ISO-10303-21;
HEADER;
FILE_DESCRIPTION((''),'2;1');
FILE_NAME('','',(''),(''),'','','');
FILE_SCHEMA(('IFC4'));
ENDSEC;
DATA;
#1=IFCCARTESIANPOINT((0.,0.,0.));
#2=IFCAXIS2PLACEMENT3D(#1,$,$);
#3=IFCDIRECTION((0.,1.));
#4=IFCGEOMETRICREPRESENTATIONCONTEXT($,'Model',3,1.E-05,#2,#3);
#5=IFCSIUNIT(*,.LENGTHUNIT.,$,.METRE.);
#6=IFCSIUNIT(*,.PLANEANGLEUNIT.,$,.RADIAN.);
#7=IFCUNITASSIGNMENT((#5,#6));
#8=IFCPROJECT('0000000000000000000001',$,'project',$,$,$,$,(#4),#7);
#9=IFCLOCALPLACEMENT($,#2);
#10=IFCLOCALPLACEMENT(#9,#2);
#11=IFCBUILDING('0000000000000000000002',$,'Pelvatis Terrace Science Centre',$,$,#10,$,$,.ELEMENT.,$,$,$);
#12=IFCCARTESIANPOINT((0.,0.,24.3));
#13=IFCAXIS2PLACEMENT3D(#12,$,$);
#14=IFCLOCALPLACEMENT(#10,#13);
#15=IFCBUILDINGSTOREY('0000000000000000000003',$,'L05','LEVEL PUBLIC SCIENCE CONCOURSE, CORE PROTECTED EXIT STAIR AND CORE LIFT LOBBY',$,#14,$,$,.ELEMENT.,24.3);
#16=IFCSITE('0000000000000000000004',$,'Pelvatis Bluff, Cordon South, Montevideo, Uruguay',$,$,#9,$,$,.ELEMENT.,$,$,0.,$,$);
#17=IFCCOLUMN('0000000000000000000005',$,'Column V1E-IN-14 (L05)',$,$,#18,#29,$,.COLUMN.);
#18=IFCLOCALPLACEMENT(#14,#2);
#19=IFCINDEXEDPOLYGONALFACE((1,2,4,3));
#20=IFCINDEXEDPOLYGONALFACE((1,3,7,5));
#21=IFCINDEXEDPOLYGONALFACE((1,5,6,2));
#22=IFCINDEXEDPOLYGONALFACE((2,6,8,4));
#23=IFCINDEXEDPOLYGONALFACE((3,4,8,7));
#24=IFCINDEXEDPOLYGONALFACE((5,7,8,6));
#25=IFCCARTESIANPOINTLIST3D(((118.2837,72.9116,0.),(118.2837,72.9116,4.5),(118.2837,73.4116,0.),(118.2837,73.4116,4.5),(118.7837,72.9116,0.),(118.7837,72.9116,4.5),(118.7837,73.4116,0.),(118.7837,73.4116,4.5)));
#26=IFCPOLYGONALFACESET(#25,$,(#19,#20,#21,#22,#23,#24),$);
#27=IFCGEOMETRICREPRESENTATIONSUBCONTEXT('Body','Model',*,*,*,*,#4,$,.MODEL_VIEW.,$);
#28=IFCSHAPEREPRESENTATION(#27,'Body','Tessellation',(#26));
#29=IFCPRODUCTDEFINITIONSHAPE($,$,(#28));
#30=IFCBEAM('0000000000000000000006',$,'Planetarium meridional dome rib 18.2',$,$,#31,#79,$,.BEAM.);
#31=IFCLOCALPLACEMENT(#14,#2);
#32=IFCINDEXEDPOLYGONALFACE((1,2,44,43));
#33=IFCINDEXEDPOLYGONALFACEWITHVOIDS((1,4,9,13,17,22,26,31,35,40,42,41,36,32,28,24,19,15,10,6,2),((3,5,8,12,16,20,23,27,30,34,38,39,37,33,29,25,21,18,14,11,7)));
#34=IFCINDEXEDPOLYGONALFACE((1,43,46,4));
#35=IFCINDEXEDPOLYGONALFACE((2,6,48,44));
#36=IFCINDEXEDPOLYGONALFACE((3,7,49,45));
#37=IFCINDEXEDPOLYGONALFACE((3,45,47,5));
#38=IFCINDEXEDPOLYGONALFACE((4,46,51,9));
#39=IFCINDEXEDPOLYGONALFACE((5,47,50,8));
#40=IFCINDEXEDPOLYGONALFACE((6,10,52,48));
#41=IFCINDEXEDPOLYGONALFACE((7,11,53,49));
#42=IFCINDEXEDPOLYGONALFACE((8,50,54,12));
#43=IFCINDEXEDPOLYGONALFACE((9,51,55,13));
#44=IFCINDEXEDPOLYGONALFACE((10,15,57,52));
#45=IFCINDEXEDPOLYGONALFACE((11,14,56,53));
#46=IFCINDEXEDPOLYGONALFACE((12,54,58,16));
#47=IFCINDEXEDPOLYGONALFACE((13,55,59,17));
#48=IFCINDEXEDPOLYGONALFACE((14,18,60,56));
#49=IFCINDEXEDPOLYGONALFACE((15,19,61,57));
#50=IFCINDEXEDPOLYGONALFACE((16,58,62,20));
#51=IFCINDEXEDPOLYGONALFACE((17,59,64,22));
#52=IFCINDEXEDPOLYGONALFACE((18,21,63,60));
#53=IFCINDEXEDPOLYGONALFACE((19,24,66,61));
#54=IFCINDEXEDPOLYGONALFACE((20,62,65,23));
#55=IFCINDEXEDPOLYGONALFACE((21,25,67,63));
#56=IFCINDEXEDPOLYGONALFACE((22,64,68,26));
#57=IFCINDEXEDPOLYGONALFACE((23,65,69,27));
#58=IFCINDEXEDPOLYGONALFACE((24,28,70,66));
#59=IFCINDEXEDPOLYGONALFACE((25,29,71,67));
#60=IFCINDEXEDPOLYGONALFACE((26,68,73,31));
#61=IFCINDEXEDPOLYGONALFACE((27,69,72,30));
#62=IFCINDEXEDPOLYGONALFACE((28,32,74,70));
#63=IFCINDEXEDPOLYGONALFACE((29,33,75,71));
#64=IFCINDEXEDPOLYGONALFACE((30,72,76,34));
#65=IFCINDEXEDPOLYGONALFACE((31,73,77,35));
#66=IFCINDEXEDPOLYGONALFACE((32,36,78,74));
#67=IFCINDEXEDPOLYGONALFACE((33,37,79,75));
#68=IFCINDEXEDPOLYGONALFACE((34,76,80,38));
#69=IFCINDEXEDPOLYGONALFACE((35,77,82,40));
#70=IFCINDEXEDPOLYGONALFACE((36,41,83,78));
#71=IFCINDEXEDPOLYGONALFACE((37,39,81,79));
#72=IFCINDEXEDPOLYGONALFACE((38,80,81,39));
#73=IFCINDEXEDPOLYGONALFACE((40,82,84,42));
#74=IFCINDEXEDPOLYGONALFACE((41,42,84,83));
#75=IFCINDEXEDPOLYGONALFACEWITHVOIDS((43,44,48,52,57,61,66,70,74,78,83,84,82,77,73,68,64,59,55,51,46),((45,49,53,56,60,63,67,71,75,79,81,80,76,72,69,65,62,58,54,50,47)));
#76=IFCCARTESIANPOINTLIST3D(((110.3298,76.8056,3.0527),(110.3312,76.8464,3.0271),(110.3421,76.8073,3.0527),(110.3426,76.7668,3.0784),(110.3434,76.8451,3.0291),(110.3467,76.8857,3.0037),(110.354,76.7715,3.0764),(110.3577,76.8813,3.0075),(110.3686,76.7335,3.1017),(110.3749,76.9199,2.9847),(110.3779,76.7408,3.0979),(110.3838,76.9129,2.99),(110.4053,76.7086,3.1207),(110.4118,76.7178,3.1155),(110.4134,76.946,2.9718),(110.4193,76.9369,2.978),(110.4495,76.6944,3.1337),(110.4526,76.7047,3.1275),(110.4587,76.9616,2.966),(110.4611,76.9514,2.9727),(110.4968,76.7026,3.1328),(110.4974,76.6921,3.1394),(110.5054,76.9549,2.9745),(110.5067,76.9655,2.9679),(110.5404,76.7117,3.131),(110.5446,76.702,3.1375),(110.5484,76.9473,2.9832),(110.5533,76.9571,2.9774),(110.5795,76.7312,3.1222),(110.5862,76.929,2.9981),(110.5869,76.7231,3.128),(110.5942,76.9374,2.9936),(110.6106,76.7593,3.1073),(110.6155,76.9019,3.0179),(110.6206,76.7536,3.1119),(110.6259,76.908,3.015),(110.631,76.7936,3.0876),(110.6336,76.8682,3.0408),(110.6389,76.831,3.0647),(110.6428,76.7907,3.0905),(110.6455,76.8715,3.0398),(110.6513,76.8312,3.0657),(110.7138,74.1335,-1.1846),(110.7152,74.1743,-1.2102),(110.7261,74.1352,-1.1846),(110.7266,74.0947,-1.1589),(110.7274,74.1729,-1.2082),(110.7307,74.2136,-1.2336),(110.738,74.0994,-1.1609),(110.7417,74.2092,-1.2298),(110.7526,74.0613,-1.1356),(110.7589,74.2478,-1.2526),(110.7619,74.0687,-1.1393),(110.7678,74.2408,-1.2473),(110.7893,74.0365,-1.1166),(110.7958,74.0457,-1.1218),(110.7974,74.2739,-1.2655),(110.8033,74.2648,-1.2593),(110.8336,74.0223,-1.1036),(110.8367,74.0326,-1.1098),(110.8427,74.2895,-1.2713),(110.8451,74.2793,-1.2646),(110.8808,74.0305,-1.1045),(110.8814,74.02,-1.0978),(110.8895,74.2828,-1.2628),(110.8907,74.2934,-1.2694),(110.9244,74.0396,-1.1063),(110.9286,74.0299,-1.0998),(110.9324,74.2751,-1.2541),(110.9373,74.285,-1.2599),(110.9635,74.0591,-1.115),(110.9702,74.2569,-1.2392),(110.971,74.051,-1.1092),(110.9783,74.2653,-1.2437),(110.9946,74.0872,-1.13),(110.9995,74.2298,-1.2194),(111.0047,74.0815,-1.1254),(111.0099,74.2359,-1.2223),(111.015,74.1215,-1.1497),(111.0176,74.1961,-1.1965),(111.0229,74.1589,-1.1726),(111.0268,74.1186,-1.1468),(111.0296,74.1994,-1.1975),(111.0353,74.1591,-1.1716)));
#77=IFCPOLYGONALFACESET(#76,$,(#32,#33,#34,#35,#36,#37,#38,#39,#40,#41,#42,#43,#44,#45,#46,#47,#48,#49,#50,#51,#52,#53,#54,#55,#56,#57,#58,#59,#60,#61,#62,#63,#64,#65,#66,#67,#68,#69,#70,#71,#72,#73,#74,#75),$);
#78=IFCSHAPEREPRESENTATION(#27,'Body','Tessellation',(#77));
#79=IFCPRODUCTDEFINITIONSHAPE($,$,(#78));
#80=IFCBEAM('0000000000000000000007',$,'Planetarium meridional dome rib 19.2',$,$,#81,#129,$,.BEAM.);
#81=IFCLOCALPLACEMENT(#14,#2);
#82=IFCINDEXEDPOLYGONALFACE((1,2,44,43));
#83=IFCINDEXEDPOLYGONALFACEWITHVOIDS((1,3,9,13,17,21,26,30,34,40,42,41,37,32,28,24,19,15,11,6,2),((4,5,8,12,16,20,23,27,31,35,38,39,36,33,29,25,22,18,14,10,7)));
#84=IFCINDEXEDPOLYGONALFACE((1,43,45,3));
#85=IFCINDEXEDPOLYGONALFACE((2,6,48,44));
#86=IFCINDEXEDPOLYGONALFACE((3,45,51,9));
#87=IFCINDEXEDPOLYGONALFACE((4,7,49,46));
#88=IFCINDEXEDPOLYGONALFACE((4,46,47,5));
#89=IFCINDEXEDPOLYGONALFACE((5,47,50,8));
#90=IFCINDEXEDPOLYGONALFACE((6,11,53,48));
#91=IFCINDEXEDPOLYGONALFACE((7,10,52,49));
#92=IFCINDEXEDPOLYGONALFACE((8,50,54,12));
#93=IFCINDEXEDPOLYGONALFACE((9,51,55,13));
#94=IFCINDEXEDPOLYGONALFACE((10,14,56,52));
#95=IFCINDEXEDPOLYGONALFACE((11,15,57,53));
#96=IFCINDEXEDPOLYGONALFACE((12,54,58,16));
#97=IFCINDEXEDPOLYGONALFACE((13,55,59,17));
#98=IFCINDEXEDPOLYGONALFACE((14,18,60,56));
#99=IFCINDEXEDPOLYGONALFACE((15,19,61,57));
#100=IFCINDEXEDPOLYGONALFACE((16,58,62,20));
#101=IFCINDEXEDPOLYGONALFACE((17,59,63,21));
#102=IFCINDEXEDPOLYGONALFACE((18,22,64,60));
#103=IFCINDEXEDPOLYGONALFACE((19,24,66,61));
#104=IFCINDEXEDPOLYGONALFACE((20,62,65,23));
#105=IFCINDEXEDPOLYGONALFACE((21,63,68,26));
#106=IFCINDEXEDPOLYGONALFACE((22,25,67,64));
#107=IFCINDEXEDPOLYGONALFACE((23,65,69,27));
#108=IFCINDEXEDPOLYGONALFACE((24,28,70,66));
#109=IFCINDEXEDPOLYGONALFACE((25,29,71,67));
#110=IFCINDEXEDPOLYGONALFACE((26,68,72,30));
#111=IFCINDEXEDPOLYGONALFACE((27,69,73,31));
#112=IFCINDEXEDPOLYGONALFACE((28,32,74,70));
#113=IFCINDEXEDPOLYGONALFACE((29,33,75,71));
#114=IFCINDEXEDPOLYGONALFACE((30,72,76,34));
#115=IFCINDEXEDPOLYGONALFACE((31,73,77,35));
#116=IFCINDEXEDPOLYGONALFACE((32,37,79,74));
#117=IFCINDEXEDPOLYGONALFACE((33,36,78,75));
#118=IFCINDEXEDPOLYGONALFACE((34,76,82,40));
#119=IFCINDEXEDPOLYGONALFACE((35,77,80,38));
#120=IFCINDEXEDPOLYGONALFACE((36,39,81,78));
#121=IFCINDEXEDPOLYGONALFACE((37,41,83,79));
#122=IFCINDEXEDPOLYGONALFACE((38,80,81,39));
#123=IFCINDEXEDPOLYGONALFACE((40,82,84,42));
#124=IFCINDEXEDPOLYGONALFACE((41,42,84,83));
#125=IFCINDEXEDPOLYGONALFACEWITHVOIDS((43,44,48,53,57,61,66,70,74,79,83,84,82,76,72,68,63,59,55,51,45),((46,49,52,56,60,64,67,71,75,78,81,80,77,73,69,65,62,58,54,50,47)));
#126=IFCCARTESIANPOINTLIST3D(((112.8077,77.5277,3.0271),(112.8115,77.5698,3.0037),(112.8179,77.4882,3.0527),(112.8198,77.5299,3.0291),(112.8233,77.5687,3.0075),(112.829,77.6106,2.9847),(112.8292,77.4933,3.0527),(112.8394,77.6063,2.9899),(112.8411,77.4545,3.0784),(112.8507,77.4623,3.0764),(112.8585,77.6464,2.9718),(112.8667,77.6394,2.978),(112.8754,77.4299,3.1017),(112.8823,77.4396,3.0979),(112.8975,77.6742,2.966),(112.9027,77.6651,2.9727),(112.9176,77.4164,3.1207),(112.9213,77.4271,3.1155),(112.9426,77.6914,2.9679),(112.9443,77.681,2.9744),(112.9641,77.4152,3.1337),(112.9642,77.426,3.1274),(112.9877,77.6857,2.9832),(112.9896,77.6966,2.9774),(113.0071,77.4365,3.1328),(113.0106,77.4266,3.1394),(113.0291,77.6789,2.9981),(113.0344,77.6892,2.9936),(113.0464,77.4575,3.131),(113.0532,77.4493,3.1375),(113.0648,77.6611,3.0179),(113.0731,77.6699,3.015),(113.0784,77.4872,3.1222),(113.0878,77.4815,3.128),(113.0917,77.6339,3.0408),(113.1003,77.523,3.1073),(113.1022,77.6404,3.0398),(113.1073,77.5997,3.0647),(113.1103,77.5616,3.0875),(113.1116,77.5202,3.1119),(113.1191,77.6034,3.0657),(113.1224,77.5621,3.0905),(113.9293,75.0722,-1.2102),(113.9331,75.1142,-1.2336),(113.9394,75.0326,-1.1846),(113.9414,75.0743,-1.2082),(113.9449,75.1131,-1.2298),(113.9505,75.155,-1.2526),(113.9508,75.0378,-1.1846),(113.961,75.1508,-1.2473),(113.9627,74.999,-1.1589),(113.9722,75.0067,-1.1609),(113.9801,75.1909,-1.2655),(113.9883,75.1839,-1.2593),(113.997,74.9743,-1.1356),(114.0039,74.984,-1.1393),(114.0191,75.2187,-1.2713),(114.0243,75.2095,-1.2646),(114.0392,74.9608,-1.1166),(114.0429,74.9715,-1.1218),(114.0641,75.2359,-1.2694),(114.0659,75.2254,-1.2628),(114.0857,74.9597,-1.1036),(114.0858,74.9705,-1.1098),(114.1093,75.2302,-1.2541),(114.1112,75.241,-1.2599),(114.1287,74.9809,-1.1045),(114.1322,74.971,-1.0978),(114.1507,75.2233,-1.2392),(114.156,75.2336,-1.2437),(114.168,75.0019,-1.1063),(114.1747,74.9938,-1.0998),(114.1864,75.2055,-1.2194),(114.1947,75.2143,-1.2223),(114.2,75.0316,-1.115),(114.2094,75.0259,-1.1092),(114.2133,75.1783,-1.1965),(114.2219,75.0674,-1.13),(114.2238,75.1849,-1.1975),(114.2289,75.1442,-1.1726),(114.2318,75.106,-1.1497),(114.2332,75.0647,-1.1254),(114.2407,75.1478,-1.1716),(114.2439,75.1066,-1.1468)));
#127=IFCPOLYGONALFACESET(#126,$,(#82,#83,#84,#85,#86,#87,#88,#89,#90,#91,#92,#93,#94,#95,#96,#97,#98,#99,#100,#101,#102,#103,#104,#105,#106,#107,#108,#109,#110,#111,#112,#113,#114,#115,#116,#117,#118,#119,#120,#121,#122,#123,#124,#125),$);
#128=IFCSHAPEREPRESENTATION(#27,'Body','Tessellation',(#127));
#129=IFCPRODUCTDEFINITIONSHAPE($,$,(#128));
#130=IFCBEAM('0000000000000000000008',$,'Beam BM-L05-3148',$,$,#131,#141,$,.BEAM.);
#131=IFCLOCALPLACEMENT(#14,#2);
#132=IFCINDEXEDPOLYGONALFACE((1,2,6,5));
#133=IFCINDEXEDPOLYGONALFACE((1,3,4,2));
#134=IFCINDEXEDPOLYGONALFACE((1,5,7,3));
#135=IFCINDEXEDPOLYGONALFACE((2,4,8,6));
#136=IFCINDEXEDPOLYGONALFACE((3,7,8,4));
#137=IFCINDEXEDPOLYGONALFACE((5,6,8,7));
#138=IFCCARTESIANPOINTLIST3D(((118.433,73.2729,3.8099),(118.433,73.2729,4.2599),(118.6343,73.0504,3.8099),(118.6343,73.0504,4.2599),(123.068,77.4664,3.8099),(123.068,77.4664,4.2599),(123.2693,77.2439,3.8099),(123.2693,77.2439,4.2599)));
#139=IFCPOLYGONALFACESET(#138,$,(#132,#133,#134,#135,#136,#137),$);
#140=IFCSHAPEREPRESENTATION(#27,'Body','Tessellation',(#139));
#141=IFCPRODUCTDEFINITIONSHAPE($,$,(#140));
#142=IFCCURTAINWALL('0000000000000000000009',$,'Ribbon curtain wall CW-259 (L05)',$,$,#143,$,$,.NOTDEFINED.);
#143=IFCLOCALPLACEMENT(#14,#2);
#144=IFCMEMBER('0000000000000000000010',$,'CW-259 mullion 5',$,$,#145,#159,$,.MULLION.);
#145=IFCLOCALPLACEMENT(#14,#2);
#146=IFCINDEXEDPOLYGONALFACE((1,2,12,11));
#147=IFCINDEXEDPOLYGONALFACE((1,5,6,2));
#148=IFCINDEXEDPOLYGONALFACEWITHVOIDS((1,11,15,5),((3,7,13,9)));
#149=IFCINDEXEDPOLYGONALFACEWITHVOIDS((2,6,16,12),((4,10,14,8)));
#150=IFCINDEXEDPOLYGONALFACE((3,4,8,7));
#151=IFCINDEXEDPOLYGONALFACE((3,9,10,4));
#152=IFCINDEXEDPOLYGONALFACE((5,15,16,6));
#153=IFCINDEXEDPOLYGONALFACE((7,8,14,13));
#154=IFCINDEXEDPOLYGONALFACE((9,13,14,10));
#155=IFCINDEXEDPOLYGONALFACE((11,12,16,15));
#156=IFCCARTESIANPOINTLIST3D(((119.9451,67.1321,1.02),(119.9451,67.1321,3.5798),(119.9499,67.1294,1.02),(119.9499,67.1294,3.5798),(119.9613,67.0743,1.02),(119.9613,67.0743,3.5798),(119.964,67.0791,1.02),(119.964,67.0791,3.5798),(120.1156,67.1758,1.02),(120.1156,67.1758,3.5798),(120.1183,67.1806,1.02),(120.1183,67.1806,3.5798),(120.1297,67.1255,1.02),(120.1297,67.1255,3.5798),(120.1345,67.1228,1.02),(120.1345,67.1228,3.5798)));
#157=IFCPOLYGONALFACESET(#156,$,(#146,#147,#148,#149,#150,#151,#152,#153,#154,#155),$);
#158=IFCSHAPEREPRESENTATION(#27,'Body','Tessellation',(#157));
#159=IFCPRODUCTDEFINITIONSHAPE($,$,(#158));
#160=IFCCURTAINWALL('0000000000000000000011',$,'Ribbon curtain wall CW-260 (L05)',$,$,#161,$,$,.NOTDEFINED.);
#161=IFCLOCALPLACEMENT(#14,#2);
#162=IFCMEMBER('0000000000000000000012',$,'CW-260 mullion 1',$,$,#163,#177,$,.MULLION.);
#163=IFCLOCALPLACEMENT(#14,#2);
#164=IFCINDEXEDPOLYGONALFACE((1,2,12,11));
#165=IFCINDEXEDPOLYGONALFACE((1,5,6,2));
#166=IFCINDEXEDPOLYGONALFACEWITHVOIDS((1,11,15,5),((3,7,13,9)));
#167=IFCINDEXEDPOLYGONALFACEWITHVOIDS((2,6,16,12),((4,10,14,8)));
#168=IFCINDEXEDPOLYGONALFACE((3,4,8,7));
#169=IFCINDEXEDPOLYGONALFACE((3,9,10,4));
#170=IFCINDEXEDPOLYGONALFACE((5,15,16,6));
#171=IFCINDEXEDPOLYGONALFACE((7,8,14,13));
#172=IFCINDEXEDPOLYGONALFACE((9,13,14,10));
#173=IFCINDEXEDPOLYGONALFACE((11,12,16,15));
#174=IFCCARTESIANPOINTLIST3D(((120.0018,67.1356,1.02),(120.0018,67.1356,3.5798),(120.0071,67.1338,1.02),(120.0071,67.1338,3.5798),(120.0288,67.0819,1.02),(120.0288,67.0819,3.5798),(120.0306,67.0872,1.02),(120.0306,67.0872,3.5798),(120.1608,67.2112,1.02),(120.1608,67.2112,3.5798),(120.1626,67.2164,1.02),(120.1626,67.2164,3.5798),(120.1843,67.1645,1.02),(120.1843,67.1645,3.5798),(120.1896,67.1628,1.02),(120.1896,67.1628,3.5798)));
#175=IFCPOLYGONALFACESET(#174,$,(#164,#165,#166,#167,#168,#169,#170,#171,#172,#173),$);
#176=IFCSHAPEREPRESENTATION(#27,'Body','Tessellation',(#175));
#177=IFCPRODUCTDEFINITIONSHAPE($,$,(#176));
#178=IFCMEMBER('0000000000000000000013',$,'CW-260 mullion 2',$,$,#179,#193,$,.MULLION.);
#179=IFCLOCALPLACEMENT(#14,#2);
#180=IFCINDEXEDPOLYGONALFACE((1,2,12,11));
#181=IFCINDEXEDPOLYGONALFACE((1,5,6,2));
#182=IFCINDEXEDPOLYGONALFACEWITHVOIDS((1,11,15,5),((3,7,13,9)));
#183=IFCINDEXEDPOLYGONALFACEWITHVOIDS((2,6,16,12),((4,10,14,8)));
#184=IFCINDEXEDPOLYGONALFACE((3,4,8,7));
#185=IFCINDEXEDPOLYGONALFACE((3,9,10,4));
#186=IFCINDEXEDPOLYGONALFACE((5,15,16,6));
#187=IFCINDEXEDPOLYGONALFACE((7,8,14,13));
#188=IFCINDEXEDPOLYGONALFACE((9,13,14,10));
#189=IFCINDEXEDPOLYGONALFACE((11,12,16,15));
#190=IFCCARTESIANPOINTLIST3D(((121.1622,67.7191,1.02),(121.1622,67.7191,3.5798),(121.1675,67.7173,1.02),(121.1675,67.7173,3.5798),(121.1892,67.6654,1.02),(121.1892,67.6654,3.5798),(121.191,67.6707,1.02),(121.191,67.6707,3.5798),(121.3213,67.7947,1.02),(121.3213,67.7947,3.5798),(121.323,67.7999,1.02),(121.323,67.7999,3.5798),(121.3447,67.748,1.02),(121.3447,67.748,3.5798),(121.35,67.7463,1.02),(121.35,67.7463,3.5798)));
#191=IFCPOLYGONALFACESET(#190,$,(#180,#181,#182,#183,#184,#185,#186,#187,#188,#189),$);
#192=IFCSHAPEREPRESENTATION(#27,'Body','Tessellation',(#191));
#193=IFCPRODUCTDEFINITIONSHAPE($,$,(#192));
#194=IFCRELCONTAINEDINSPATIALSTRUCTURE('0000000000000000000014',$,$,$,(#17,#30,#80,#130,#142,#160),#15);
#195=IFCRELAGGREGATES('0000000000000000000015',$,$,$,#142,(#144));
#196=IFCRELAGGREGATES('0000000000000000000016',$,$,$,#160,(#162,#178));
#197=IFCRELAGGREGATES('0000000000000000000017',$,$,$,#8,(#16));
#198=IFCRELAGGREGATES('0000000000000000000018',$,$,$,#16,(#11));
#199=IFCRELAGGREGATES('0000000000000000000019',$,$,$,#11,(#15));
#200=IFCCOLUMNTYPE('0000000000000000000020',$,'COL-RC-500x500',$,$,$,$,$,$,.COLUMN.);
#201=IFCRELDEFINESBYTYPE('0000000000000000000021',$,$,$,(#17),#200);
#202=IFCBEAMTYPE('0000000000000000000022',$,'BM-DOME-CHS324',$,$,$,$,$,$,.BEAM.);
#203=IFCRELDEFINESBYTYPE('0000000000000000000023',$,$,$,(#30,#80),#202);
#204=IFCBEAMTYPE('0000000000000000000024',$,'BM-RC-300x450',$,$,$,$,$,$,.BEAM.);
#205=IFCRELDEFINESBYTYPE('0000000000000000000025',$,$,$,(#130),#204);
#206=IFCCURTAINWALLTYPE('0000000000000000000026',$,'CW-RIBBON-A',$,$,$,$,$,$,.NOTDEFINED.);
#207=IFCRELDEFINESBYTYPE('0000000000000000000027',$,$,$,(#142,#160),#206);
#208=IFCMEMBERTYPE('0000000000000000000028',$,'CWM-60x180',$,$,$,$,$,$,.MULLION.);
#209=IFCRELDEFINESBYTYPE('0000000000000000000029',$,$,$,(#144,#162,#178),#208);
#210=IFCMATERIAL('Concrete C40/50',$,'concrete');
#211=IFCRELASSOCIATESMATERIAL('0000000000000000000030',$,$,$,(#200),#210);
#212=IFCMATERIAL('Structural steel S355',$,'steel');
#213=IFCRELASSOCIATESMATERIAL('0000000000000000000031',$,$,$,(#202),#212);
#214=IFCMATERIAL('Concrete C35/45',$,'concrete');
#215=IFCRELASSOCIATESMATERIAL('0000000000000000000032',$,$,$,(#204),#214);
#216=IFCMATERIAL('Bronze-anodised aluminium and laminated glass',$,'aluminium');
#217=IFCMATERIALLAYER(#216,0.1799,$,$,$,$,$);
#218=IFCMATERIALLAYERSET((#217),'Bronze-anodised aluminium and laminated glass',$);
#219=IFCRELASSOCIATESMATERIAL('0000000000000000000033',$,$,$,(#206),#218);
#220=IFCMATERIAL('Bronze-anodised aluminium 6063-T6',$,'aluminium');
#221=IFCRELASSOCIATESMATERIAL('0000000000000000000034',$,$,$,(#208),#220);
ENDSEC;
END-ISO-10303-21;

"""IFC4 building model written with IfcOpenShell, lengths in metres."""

from ifc_helpers import new_model, si_unit, direction, frame, origin, origin_2d, place, context, subcontext, project, spatial, rectangle, hollow_rectangle, hollow_circle, extrude, material, layer, layer_set, material_profile, profile_set, type_object, element, aggregate, save


model = new_model("IFC4")

# Units and contexts
model_context = context("Model", 3, precision=1e-05, world=origin(), true_north=direction((0.0, 1.0)))
body_context = subcontext(model_context, "Body", "Model", "MODEL_VIEW")
ifc_project = project(units=[si_unit("LENGTHUNIT", "METRE"), si_unit("PLANEANGLEUNIT", "RADIAN")], contexts=[model_context])

# Site, building, storey
site_placement = place(None, origin())
site = spatial("IfcSite", under=ifc_project, at=site_placement, Name="Pelvatis Bluff, Cordon South, Montevideo, Uruguay", CompositionType="ELEMENT", RefElevation=0.0)
building_placement = place(site_placement, origin())
building = spatial("IfcBuilding", under=site, at=building_placement, Name="Pelvatis Terrace Science Centre", CompositionType="ELEMENT")
storey_placement = place(building_placement, frame((0.0, 0.0, 24.3)))
storey = spatial("IfcBuildingStorey", under=building, at=storey_placement, Name="L05", Description="LEVEL PUBLIC SCIENCE CONCOURSE, CORE PROTECTED EXIT STAIR AND CORE LIFT LOBBY", CompositionType="ELEMENT", Elevation=24.3)

# Column
ifc_material_1 = material(Name="Concrete C40/50", Category="concrete")
ifc_material_profile_1 = material_profile(ifc_material_1, rectangle(XDim=0.5, YDim=0.5, at=origin_2d()), Name="RC-COL 500x500")
ifc_profile_set_1 = profile_set([ifc_material_profile_1], Name="Concrete C40/50")
column_type = type_object("IfcColumnType", Name="COL-RC-500x500", PredefinedType="COLUMN", material=ifc_profile_set_1)
column_placement = place(storey_placement, frame((118.5337, 73.1616, 0.0), z_axis=(0.0, 0.0, 1.0), x_axis=(1.0, 0.0, 0.0)))
element("IfcColumn", 1, at=column_placement, inside=storey, type_object=column_type, Name="Column V1E-IN-14 (L05)", PredefinedType="COLUMN", context=body_context, shape_type="SweptSolid", body=[
    extrude(rectangle(XDim=0.5, YDim=0.5, at=origin_2d()), origin(), (0.0, 0.0, 1.0), 4.5),
])

# Beams
ifc_material_2 = material(Name="Structural steel S355", Category="steel")
ifc_material_profile_2 = material_profile(ifc_material_2, hollow_circle(Radius=0.1619, WallThickness=0.0125, at=origin_2d()), Name="CHS 323.9x12.5")
ifc_profile_set_2 = profile_set([ifc_material_profile_2], Name="Structural steel S355")
beam_type_1 = type_object("IfcBeamType", Name="BM-DOME-CHS324", PredefinedType="BEAM", material=ifc_profile_set_2)
for number, where, z_axis, x_axis, name in (
    (2, (110.874, 74.1565, -1.1846), (-0.076437, 0.531851, 0.843381), (-0.98983, -0.142257, 0.0), "Planetarium meridional dome rib 18.2"),
    (3, (114.0867, 75.0999, -1.1846), (-0.223236, 0.488749, 0.84338), (-0.909609, -0.415465, 0.0), "Planetarium meridional dome rib 19.2"),
):
    element("IfcBeam", number, at=place(storey_placement, frame(where, z_axis=z_axis, x_axis=x_axis)), inside=storey, type_object=beam_type_1, Name=name, PredefinedType="BEAM", context=body_context, shape_type="SweptSolid", body=[
        extrude(hollow_circle(Radius=0.1619, WallThickness=0.0125, at=origin_2d()), origin(), (0.0, 0.0, 1.0), 5.0242),
    ])
ifc_material_3 = material(Name="Concrete C35/45", Category="concrete")
ifc_material_profile_3 = material_profile(ifc_material_3, rectangle(XDim=0.3, YDim=0.45, at=origin_2d()), Name="RC-BM 300x450")
ifc_profile_set_3 = profile_set([ifc_material_profile_3], Name="Concrete C35/45")
beam_type_2 = type_object("IfcBeamType", Name="BM-RC-300x450", PredefinedType="BEAM", material=ifc_profile_set_3)
beam_placement = place(storey_placement, frame((118.5337, 73.1616, 4.0349), z_axis=(0.741534, 0.670915, 0.0), x_axis=(-0.670915, 0.741534, 0.0)))
element("IfcBeam", 4, at=beam_placement, inside=storey, type_object=beam_type_2, Name="Beam BM-L05-3148", PredefinedType="BEAM", context=body_context, shape_type="SweptSolid", body=[
    extrude(rectangle(XDim=0.3, YDim=0.45, at=origin_2d()), origin(), (0.0, 0.0, 1.0), 6.2505),
])

# Curtain wall, member
ifc_material_4 = material(Name="Bronze-anodised aluminium and laminated glass", Category="aluminium")
ifc_layer_1 = layer(ifc_material_4, 0.1799)
ifc_layer_set_1 = layer_set([ifc_layer_1], Name="Bronze-anodised aluminium and laminated glass")
curtain_wall_type = type_object("IfcCurtainWallType", Name="CW-RIBBON-A", PredefinedType="NOTDEFINED", material=ifc_layer_set_1)
curtain_wall_1_placement = place(storey_placement, origin())
curtain_wall_1 = element("IfcCurtainWall", 5, at=curtain_wall_1_placement, inside=storey, type_object=curtain_wall_type, Name="Ribbon curtain wall CW-259 (L05)", PredefinedType="NOTDEFINED")
ifc_material_5 = material(Name="Bronze-anodised aluminium 6063-T6", Category="aluminium")
ifc_material_profile_4 = material_profile(ifc_material_5, hollow_rectangle(XDim=0.0601, YDim=0.1799, WallThickness=0.0039, at=origin_2d()), Name="ALU-MUL 60x180")
ifc_profile_set_4 = profile_set([ifc_material_profile_4], Name="Bronze-anodised aluminium 6063-T6")
member_type_1 = type_object("IfcMemberType", Name="CWM-60x180", PredefinedType="MULLION", material=ifc_profile_set_4)
member_1_placement = place(storey_placement, frame((120.0398, 67.1274, 1.02), z_axis=(0.0, 0.0, 1.0), x_axis=(-0.269695, 0.962946, 0.0)))
member_1 = element("IfcMember", 6, at=member_1_placement, type_object=member_type_1, Name="CW-259 mullion 5", PredefinedType="MULLION", context=body_context, shape_type="SweptSolid", body=[
    extrude(hollow_rectangle(XDim=0.0601, YDim=0.1799, WallThickness=0.0039, at=origin_2d()), origin(), (0.0, 0.0, 1.0), 2.5598),
])

# Curtain wall, members
curtain_wall_2_placement = place(storey_placement, origin())
curtain_wall_2 = element("IfcCurtainWall", 7, at=curtain_wall_2_placement, inside=storey, type_object=curtain_wall_type, Name="Ribbon curtain wall CW-260 (L05)", PredefinedType="NOTDEFINED")
member_2_placement = place(storey_placement, frame((120.0957, 67.1492, 1.02), z_axis=(0.0, 0.0, 1.0), x_axis=(-0.449304, 0.893379, 0.0)))
member_2 = element("IfcMember", 8, at=member_2_placement, type_object=member_type_1, Name="CW-260 mullion 1", PredefinedType="MULLION", context=body_context, shape_type="SweptSolid", body=[
    extrude(hollow_rectangle(XDim=0.0601, YDim=0.1799, WallThickness=0.0039, at=origin_2d()), origin(), (0.0, 0.0, 1.0), 2.5598),
])
member_3_placement = place(storey_placement, frame((121.2561, 67.7327, 1.02), z_axis=(0.0, 0.0, 1.0), x_axis=(-0.449304, 0.893379, 0.0)))
member_3 = element("IfcMember", 9, at=member_3_placement, type_object=member_type_1, Name="CW-260 mullion 2", PredefinedType="MULLION", context=body_context, shape_type="SweptSolid", body=[
    extrude(hollow_rectangle(XDim=0.0601, YDim=0.1799, WallThickness=0.0039, at=origin_2d()), origin(), (0.0, 0.0, 1.0), 2.5598),
])

aggregate(curtain_wall_1, [member_1])
aggregate(curtain_wall_2, [member_2, member_3])

save(model, "model.ifc")
